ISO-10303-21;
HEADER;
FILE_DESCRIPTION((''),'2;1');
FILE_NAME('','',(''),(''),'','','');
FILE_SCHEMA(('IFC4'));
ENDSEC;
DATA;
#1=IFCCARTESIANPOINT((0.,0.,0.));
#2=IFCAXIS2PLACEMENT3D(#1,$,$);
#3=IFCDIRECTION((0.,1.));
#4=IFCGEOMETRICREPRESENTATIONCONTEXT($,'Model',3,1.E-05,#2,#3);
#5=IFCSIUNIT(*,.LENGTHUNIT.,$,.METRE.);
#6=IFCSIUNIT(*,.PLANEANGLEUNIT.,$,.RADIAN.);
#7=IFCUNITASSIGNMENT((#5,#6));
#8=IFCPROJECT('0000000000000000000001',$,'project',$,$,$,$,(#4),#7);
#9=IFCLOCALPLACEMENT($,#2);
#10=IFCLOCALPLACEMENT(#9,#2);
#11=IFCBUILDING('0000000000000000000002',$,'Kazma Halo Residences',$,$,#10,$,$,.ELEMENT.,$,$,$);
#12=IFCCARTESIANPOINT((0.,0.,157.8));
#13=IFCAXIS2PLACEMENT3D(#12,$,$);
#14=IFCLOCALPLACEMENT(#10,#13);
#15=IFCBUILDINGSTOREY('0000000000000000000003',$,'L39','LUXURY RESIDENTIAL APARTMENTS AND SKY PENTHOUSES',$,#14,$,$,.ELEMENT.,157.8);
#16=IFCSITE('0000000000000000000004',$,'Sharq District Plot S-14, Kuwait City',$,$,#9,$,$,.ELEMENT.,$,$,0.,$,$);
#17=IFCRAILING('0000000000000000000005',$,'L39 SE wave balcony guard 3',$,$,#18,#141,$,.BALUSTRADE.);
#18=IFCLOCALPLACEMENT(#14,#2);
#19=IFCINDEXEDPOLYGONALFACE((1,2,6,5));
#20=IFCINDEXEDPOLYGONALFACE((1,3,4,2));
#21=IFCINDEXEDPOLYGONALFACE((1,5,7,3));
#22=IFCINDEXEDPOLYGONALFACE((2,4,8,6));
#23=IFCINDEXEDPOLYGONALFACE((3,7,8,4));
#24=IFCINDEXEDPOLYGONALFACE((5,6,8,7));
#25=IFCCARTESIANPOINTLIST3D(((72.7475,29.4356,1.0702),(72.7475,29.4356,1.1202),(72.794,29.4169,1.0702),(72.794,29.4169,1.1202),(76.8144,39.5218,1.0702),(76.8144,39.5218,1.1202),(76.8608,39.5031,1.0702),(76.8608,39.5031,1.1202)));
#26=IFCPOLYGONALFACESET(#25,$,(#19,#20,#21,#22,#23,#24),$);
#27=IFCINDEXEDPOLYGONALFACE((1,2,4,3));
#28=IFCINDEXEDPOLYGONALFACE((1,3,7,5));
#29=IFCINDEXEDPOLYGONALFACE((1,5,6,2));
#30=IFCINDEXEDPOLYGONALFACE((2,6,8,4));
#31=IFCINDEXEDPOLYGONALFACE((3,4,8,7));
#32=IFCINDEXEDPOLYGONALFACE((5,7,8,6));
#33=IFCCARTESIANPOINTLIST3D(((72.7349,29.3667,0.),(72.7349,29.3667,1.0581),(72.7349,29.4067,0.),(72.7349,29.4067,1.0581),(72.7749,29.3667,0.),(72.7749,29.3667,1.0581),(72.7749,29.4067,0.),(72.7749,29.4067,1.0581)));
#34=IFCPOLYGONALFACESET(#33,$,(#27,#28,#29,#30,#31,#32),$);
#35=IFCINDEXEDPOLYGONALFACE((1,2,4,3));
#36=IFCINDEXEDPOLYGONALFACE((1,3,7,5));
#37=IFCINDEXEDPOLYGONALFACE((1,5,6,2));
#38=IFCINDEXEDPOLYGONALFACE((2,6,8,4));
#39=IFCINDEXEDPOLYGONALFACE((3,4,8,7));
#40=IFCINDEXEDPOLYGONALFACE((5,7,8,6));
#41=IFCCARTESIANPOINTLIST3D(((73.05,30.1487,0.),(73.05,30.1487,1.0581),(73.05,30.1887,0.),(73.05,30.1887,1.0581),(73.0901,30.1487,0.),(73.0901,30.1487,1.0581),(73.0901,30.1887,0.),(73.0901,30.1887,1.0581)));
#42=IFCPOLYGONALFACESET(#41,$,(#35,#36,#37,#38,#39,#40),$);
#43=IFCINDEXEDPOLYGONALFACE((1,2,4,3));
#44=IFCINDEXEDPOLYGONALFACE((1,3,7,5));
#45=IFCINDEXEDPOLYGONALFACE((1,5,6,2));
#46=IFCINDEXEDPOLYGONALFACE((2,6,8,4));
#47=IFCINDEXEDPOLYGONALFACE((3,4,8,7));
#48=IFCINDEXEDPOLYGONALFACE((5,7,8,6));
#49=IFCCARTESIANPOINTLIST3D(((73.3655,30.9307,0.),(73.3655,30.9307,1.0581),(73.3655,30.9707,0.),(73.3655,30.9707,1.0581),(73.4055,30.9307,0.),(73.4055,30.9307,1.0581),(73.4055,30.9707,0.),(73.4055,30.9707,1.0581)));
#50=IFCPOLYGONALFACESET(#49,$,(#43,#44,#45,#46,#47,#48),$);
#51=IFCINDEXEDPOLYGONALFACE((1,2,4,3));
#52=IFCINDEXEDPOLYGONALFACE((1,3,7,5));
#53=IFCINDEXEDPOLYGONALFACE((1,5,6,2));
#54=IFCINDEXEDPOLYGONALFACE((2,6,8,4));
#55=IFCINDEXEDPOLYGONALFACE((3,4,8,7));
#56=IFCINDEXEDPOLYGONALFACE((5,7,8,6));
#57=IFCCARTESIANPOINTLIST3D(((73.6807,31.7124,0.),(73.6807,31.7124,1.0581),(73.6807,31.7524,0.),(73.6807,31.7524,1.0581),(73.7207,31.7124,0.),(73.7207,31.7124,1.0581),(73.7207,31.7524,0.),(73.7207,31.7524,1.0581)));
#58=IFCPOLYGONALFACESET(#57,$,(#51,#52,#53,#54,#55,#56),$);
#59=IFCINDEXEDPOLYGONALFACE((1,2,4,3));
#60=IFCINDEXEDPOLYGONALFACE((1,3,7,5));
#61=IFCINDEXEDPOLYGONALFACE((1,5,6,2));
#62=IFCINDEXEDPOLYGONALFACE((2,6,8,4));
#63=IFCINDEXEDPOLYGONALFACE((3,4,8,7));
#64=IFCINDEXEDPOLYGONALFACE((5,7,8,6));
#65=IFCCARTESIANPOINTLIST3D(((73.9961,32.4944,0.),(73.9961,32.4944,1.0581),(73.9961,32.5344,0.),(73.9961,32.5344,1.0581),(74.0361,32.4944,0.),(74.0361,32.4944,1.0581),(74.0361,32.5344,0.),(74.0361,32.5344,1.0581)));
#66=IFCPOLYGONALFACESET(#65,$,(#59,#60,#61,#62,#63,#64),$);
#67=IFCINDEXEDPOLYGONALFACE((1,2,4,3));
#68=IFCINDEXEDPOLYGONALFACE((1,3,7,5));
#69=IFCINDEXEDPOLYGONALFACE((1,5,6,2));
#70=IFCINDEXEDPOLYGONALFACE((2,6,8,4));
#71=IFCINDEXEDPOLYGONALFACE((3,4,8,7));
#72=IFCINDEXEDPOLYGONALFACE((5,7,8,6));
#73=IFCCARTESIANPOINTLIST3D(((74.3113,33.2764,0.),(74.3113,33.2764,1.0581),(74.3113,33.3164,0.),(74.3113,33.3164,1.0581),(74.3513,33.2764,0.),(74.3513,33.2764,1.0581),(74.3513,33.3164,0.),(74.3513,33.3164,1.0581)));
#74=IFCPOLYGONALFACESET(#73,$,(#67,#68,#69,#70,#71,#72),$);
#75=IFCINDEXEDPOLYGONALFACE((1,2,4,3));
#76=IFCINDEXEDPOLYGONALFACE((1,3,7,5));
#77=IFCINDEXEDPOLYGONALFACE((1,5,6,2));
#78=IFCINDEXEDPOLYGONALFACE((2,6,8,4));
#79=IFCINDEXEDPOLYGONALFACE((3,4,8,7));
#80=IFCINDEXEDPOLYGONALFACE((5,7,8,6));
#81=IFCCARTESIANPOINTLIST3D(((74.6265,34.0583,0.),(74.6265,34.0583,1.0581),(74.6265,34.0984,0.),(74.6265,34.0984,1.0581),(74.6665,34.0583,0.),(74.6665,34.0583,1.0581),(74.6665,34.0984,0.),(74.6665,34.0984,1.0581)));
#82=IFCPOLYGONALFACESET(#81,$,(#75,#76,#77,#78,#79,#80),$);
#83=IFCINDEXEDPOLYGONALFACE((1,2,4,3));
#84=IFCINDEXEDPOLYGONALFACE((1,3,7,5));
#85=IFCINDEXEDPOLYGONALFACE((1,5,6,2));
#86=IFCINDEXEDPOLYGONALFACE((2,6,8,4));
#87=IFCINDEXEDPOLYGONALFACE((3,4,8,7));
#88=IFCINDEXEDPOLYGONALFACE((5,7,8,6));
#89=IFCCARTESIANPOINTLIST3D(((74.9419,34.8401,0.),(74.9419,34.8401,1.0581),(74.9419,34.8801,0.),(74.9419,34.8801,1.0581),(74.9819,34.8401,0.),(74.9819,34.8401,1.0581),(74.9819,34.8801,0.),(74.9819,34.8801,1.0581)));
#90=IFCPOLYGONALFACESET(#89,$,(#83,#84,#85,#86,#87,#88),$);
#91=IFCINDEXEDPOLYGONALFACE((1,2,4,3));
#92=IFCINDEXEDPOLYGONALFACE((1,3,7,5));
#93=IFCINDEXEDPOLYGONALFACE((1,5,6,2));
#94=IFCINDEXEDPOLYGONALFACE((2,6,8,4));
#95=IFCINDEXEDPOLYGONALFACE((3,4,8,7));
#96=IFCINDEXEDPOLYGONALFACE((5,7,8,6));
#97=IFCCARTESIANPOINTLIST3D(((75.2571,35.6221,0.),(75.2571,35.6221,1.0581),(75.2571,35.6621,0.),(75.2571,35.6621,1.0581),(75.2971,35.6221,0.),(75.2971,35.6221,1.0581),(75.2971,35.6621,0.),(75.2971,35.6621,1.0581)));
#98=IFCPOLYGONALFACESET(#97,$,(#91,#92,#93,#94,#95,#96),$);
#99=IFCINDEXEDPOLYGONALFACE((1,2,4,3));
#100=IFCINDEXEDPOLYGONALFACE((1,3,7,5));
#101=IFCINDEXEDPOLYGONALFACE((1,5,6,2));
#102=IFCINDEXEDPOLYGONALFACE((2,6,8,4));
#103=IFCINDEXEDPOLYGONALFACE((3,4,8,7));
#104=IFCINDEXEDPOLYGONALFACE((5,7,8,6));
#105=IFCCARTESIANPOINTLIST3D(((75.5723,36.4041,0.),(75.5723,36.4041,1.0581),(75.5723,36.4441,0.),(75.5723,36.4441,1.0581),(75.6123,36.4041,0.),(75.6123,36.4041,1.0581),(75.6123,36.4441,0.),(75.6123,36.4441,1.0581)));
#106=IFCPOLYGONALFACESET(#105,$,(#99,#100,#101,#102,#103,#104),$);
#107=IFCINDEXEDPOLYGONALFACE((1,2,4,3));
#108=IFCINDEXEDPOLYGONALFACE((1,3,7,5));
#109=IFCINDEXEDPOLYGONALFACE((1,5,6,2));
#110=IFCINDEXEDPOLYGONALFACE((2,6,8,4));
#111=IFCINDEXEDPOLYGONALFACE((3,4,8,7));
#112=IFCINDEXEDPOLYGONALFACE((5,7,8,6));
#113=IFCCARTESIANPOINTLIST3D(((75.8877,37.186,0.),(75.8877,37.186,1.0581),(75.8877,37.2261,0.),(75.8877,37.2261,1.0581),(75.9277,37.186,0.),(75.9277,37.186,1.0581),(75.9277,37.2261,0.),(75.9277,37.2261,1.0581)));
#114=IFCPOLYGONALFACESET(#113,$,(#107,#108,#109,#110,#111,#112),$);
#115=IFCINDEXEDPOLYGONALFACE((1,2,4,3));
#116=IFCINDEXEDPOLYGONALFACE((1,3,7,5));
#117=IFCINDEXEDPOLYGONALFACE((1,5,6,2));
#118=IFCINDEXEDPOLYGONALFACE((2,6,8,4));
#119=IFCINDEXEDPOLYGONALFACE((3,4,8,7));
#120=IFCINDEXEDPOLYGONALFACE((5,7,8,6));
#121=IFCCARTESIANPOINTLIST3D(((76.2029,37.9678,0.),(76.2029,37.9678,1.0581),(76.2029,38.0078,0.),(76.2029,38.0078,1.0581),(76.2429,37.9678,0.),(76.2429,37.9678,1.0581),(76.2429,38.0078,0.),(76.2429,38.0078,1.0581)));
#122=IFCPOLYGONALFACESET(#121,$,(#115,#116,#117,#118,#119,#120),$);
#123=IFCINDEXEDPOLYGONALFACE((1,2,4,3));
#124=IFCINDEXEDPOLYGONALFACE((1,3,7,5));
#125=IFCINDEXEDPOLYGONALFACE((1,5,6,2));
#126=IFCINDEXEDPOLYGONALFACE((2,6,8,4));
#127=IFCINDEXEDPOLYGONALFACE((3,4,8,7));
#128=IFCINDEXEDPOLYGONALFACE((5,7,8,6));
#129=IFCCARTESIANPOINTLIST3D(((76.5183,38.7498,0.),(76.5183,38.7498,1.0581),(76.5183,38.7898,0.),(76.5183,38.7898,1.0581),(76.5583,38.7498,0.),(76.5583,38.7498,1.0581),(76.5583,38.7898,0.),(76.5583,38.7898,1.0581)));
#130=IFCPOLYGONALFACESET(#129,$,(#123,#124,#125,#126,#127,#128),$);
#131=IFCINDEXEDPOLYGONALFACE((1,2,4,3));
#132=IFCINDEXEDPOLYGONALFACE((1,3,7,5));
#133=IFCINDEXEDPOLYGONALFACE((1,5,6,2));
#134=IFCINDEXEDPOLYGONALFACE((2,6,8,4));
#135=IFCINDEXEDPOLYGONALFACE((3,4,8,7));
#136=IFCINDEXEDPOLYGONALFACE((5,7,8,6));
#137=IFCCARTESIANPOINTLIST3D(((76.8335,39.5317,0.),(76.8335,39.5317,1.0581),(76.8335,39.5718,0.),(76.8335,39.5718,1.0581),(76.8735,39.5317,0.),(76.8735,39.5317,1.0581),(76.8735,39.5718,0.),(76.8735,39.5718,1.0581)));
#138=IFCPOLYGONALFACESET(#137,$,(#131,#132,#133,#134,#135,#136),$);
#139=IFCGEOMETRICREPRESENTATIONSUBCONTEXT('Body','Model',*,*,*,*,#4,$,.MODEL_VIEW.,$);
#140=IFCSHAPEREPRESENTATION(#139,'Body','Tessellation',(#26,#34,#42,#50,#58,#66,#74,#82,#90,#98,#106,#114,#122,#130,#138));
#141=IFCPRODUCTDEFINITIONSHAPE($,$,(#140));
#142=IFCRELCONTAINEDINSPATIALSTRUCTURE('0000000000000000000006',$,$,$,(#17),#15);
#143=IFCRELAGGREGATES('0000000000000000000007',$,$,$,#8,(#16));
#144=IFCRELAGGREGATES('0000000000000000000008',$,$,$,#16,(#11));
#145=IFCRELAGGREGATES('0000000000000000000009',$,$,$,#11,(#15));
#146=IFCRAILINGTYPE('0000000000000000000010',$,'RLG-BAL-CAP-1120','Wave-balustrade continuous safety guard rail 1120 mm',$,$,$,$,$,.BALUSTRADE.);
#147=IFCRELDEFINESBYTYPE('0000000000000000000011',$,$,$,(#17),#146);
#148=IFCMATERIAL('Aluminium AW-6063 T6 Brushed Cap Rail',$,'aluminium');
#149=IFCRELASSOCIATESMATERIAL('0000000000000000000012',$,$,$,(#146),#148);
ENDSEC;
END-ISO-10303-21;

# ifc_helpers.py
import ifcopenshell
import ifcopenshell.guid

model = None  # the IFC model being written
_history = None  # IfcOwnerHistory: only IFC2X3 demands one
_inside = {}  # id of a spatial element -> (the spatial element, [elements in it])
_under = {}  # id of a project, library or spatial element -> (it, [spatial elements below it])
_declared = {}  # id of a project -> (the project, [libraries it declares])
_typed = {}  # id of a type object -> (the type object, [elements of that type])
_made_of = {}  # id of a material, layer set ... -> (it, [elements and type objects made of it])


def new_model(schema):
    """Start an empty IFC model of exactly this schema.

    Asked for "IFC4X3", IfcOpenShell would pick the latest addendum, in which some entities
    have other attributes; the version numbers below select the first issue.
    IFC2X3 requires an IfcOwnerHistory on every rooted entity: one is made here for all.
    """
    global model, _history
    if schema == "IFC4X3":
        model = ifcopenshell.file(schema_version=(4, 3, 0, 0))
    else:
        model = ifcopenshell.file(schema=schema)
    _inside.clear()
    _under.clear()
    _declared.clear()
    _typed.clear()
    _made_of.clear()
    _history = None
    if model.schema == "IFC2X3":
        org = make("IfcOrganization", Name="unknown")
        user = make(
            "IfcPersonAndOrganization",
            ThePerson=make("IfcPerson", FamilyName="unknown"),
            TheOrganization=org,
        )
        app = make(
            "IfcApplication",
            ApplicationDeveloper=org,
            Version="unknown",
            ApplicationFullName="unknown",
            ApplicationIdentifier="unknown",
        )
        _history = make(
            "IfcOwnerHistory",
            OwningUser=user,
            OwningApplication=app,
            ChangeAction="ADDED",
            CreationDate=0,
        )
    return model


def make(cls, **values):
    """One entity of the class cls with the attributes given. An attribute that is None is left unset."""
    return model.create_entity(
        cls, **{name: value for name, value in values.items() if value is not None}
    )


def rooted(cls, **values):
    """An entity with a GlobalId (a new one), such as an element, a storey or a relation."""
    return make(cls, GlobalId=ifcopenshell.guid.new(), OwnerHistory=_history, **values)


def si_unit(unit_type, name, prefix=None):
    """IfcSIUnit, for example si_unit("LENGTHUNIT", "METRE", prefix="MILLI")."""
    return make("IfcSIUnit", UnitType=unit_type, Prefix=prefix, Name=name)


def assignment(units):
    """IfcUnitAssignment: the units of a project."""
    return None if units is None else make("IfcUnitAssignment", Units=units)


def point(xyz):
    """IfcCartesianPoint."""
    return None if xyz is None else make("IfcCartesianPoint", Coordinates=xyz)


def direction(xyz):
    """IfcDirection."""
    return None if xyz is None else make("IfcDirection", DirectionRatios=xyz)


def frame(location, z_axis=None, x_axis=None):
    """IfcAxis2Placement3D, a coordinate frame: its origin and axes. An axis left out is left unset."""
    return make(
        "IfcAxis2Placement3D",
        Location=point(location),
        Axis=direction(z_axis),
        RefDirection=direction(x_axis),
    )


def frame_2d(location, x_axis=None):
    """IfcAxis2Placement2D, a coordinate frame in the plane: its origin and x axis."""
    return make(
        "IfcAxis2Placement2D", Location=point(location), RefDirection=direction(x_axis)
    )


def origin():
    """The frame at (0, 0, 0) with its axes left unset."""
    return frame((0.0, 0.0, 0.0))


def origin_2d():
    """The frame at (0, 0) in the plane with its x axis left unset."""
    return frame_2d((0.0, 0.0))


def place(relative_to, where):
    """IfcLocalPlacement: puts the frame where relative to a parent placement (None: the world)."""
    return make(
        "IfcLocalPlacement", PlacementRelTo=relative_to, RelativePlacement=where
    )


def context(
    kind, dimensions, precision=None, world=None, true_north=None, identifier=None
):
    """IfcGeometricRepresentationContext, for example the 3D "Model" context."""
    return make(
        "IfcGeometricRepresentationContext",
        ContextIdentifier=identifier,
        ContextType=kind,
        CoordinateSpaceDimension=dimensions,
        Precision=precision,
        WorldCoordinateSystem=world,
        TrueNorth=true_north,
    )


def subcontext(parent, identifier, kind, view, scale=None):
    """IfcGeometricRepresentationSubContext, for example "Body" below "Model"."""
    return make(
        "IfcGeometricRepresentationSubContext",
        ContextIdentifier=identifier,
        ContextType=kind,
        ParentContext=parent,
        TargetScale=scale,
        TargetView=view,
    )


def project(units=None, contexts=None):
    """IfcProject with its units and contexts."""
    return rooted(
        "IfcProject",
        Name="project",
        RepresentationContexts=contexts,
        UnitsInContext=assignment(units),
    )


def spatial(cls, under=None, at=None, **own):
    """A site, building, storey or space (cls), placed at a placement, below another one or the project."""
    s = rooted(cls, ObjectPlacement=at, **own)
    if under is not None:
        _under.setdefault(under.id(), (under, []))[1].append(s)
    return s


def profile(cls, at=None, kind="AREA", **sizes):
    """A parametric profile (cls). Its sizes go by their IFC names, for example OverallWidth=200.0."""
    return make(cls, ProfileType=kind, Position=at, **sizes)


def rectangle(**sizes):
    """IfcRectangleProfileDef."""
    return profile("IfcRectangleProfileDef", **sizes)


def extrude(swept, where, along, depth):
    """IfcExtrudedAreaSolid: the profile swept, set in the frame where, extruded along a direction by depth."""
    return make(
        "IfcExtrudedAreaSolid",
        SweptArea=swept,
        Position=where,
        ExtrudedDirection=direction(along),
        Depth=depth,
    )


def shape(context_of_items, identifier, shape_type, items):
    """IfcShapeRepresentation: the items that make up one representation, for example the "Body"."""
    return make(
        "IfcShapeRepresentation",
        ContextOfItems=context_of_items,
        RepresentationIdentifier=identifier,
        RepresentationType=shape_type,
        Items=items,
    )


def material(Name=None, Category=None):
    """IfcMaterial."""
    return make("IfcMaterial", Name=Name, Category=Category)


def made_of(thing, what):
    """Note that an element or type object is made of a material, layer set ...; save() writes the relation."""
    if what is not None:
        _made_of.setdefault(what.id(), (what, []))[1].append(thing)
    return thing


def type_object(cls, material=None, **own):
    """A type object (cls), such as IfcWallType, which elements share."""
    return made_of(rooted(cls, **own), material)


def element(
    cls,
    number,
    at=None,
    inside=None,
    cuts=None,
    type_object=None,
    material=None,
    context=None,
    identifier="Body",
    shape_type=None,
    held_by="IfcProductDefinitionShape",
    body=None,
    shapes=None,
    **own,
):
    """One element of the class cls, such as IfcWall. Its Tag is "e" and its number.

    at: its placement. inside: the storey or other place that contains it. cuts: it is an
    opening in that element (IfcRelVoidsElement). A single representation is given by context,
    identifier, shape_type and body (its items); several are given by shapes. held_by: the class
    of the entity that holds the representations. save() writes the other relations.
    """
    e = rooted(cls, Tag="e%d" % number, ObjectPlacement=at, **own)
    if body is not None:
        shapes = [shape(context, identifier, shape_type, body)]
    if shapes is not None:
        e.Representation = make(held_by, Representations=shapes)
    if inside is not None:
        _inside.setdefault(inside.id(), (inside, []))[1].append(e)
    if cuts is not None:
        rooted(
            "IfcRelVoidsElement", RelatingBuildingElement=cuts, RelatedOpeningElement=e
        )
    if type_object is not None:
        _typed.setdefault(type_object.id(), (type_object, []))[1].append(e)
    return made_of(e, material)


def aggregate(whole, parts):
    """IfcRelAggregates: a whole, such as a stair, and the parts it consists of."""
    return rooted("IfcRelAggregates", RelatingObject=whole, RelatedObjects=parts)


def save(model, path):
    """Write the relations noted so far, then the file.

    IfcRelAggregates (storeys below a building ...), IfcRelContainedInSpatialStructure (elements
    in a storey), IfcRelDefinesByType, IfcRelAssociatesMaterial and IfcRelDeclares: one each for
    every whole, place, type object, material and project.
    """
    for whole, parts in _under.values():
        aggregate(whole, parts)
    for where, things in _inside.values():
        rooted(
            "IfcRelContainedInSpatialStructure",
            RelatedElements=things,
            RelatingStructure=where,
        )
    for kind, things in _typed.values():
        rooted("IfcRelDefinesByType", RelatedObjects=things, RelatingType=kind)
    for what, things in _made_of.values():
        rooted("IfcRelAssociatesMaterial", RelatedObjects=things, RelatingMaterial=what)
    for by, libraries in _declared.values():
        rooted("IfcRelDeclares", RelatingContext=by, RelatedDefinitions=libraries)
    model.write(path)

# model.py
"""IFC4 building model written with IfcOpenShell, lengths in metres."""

from ifc_helpers import new_model, si_unit, direction, frame, origin, origin_2d, place, context, subcontext, project, spatial, rectangle, extrude, material, type_object, element, save


model = new_model("IFC4")

# Units and contexts
model_context = context("Model", 3, precision=1e-05, world=origin(), true_north=direction((0.0, 1.0)))
body_context = subcontext(model_context, "Body", "Model", "MODEL_VIEW")
ifc_project = project(units=[si_unit("LENGTHUNIT", "METRE"), si_unit("PLANEANGLEUNIT", "RADIAN")], contexts=[model_context])

# Site, building, storey
site_placement = place(None, origin())
site = spatial("IfcSite", under=ifc_project, at=site_placement, Name="Sharq District Plot S-14, Kuwait City", CompositionType="ELEMENT", RefElevation=0.0)
building_placement = place(site_placement, origin())
building = spatial("IfcBuilding", under=site, at=building_placement, Name="Kazma Halo Residences", CompositionType="ELEMENT")
storey_placement = place(building_placement, frame((0.0, 0.0, 157.8)))
storey = spatial("IfcBuildingStorey", under=building, at=storey_placement, Name="L39", Description="LUXURY RESIDENTIAL APARTMENTS AND SKY PENTHOUSES", CompositionType="ELEMENT", Elevation=157.8)

# Railing
ifc_material_1 = material(Name="Aluminium AW-6063 T6 Brushed Cap Rail", Category="aluminium")
railing_type = type_object("IfcRailingType", Name="RLG-BAL-CAP-1120", Description="Wave-balustrade continuous safety guard rail 1120 mm", PredefinedType="BALUSTRADE", material=ifc_material_1)
railing_1_placement = place(storey_placement, frame((72.7549, 29.3867, 0.0)))
element("IfcRailing", 1, at=railing_1_placement, inside=storey, type_object=railing_type, Name="L39 SE wave balcony guard 3", PredefinedType="BALUSTRADE", context=body_context, shape_type="SweptSolid", body=[
    extrude(rectangle(XDim=0.05, YDim=0.05, at=origin_2d()), frame((0.0159, 0.0396, 1.0952), z_axis=(0.373955, 0.927447, 0.0), x_axis=(-0.927447, 0.373955, 0.0)), (0.0, 0.0, 1.0), 10.8752),
    extrude(rectangle(XDim=0.04, YDim=0.04, at=origin_2d()), origin(), (0.0, 0.0, 1.0), 1.0581),
    extrude(rectangle(XDim=0.04, YDim=0.04, at=origin_2d()), frame((0.3152, 0.782, 0.0)), (0.0, 0.0, 1.0), 1.0581),
    extrude(rectangle(XDim=0.04, YDim=0.04, at=origin_2d()), frame((0.6306, 1.564, 0.0)), (0.0, 0.0, 1.0), 1.0581),
    extrude(rectangle(XDim=0.04, YDim=0.04, at=origin_2d()), frame((0.9458, 2.3457, 0.0)), (0.0, 0.0, 1.0), 1.0581),
    extrude(rectangle(XDim=0.04, YDim=0.04, at=origin_2d()), frame((1.2612, 3.1277, 0.0)), (0.0, 0.0, 1.0), 1.0581),
    extrude(rectangle(XDim=0.04, YDim=0.04, at=origin_2d()), frame((1.5764, 3.9097, 0.0)), (0.0, 0.0, 1.0), 1.0581),
    extrude(rectangle(XDim=0.04, YDim=0.04, at=origin_2d()), frame((1.8916, 4.6917, 0.0)), (0.0, 0.0, 1.0), 1.0581),
    extrude(rectangle(XDim=0.04, YDim=0.04, at=origin_2d()), frame((2.207, 5.4734, 0.0)), (0.0, 0.0, 1.0), 1.0581),
    extrude(rectangle(XDim=0.04, YDim=0.04, at=origin_2d()), frame((2.5222, 6.2554, 0.0)), (0.0, 0.0, 1.0), 1.0581),
    extrude(rectangle(XDim=0.04, YDim=0.04, at=origin_2d()), frame((2.8374, 7.0374, 0.0)), (0.0, 0.0, 1.0), 1.0581),
    extrude(rectangle(XDim=0.04, YDim=0.04, at=origin_2d()), frame((3.1528, 7.8193, 0.0)), (0.0, 0.0, 1.0), 1.0581),
    extrude(rectangle(XDim=0.04, YDim=0.04, at=origin_2d()), frame((3.468, 8.6011, 0.0)), (0.0, 0.0, 1.0), 1.0581),
    extrude(rectangle(XDim=0.04, YDim=0.04, at=origin_2d()), frame((3.7834, 9.3831, 0.0)), (0.0, 0.0, 1.0), 1.0581),
    extrude(rectangle(XDim=0.04, YDim=0.04, at=origin_2d()), frame((4.0986, 10.165, 0.0)), (0.0, 0.0, 1.0), 1.0581),
])

save(model, "model.ifc")
